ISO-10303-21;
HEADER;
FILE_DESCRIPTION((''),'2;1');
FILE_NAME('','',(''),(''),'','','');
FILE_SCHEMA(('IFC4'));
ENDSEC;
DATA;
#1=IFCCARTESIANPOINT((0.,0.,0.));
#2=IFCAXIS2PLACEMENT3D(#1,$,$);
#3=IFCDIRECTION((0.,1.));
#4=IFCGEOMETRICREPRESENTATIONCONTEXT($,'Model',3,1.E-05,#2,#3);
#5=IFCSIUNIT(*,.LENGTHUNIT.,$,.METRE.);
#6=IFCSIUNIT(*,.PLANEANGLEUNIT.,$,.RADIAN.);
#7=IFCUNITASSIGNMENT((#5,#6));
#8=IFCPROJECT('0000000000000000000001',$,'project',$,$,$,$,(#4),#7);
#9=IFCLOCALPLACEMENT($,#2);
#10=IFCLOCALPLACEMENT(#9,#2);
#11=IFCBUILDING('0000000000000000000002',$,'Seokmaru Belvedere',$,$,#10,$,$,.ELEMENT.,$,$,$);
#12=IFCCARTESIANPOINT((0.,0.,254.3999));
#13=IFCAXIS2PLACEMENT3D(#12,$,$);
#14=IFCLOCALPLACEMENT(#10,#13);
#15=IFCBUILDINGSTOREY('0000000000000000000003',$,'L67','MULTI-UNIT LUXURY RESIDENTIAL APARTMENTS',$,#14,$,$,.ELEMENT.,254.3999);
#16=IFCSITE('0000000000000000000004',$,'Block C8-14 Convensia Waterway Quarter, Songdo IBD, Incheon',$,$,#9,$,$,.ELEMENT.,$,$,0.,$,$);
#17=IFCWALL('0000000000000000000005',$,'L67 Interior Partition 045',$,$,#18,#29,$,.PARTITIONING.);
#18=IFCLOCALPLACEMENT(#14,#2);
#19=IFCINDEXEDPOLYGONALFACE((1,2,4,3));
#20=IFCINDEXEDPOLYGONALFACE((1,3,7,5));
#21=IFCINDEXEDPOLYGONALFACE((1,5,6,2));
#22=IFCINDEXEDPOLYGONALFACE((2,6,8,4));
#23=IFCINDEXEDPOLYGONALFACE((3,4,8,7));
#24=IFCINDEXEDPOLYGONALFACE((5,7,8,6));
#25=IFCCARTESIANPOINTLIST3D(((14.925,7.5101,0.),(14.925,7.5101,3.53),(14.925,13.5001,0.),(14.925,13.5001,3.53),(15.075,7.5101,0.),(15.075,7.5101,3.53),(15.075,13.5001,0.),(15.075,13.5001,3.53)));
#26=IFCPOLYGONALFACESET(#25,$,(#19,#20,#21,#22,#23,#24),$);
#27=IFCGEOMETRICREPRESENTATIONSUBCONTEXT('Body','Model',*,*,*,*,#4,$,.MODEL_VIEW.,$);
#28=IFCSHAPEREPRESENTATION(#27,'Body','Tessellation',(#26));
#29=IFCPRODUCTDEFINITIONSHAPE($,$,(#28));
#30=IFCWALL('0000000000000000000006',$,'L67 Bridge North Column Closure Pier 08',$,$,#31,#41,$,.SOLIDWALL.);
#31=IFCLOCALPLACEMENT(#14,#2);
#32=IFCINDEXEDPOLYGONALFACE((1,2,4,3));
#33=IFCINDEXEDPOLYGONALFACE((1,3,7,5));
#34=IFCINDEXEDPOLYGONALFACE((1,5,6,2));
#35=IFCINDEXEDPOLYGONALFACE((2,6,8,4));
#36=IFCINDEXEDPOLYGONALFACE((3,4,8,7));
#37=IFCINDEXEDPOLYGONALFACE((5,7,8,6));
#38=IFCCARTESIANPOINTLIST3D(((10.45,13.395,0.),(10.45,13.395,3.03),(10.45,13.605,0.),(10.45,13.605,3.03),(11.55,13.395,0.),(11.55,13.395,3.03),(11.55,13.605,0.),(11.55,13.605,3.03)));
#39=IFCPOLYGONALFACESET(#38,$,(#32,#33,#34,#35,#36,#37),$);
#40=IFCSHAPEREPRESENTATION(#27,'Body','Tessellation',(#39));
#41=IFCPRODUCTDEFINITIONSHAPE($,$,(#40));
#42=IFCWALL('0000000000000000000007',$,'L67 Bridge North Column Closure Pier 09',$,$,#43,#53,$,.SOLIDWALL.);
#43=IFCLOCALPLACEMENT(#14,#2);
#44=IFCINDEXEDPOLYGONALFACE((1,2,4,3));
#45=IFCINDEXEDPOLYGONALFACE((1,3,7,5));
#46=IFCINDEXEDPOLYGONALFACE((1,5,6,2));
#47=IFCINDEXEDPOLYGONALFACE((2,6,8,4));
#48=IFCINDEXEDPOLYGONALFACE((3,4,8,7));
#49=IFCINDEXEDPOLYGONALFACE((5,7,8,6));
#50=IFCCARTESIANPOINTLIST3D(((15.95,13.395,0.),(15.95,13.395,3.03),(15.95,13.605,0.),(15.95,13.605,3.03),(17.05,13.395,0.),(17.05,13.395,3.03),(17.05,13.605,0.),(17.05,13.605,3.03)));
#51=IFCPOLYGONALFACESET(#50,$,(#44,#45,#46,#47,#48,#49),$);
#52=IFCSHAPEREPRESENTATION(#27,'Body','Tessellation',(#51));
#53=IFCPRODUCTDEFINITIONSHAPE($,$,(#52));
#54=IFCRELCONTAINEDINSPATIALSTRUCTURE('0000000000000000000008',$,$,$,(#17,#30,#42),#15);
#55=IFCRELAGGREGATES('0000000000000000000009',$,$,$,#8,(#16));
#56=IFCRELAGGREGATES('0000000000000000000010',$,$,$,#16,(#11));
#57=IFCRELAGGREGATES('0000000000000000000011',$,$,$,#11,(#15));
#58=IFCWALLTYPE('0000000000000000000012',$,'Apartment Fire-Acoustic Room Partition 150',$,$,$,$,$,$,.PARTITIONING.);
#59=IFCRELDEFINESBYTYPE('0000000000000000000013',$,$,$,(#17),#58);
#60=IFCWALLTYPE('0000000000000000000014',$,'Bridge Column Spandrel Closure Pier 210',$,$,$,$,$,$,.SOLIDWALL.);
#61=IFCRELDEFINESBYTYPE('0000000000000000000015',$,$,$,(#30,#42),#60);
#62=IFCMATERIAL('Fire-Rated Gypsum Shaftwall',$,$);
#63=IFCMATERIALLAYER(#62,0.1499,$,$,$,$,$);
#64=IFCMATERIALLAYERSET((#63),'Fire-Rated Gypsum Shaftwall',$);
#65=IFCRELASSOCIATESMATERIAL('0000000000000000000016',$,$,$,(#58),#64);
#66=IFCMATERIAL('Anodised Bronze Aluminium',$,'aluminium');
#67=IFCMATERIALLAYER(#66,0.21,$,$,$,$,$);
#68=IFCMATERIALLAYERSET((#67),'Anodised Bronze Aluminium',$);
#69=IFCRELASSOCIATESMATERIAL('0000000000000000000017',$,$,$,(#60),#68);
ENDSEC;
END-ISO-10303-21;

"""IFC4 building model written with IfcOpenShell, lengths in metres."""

from ifc_helpers import new_model, si_unit, direction, frame, frame_2d, origin, place, context, subcontext, project, spatial, rectangle, extrude, material, layer, layer_set, type_object, element, save


model = new_model("IFC4")

# Units and contexts
model_context = context("Model", 3, precision=1e-05, world=origin(), true_north=direction((0.0, 1.0)))
body_context = subcontext(model_context, "Body", "Model", "MODEL_VIEW")
ifc_project = project(units=[si_unit("LENGTHUNIT", "METRE"), si_unit("PLANEANGLEUNIT", "RADIAN")], contexts=[model_context])

# Site, building, storey
site_placement = place(None, origin())
site = spatial("IfcSite", under=ifc_project, at=site_placement, Name="Block C8-14 Convensia Waterway Quarter, Songdo IBD, Incheon", CompositionType="ELEMENT", RefElevation=0.0)
building_placement = place(site_placement, origin())
building = spatial("IfcBuilding", under=site, at=building_placement, Name="Seokmaru Belvedere", CompositionType="ELEMENT")
storey_placement = place(building_placement, frame((0.0, 0.0, 254.3999)))
storey = spatial("IfcBuildingStorey", under=building, at=storey_placement, Name="L67", Description="MULTI-UNIT LUXURY RESIDENTIAL APARTMENTS", CompositionType="ELEMENT", Elevation=254.3999)

# Shared definitions
ifc_material_1 = material(Name="Anodised Bronze Aluminium", Category="aluminium")

# Shared definitions
ifc_material_2 = material(Name="Fire-Rated Gypsum Shaftwall")
ifc_layer_1 = layer(ifc_material_2, 0.1499)
ifc_layer_set_1 = layer_set([ifc_layer_1], Name="Fire-Rated Gypsum Shaftwall")
wall_type_1 = type_object("IfcWallType", Name="Apartment Fire-Acoustic Room Partition 150", PredefinedType="PARTITIONING", material=ifc_layer_set_1)

# Walls
wall_1_placement = place(storey_placement, frame((15.0, 7.51, 0.0), z_axis=(0.0, 0.0, 1.0), x_axis=(0.0, 1.0, 0.0)))
element("IfcWall", 1, at=wall_1_placement, inside=storey, type_object=wall_type_1, Name="L67 Interior Partition 045", PredefinedType="PARTITIONING", context=body_context, shape_type="SweptSolid", body=[
    extrude(rectangle(XDim=5.99, YDim=0.1499, at=frame_2d((2.9951, 0.0))), origin(), (0.0, 0.0, 1.0), 3.53),
])
ifc_layer_2 = layer(ifc_material_1, 0.21)
ifc_layer_set_2 = layer_set([ifc_layer_2], Name="Anodised Bronze Aluminium")
wall_type_2 = type_object("IfcWallType", Name="Bridge Column Spandrel Closure Pier 210", PredefinedType="SOLIDWALL", material=ifc_layer_set_2)
for number, where, z_axis, x_axis, name in (
    (2, (10.45, 13.5, 0.0), (0.0, 0.0, 1.0), (1.0, 0.0, 0.0), "L67 Bridge North Column Closure Pier 08"),
    (3, (15.95, 13.5, 0.0), (0.0, 0.0, 1.0), (1.0, 0.0, 0.0), "L67 Bridge North Column Closure Pier 09"),
):
    element("IfcWall", number, at=place(storey_placement, frame(where, z_axis=z_axis, x_axis=x_axis)), inside=storey, type_object=wall_type_2, Name=name, PredefinedType="SOLIDWALL", context=body_context, shape_type="SweptSolid", body=[
        extrude(rectangle(XDim=1.1001, YDim=0.21, at=frame_2d((0.55, 0.0))), origin(), (0.0, 0.0, 1.0), 3.03),
    ])

save(model, "model.ifc")
